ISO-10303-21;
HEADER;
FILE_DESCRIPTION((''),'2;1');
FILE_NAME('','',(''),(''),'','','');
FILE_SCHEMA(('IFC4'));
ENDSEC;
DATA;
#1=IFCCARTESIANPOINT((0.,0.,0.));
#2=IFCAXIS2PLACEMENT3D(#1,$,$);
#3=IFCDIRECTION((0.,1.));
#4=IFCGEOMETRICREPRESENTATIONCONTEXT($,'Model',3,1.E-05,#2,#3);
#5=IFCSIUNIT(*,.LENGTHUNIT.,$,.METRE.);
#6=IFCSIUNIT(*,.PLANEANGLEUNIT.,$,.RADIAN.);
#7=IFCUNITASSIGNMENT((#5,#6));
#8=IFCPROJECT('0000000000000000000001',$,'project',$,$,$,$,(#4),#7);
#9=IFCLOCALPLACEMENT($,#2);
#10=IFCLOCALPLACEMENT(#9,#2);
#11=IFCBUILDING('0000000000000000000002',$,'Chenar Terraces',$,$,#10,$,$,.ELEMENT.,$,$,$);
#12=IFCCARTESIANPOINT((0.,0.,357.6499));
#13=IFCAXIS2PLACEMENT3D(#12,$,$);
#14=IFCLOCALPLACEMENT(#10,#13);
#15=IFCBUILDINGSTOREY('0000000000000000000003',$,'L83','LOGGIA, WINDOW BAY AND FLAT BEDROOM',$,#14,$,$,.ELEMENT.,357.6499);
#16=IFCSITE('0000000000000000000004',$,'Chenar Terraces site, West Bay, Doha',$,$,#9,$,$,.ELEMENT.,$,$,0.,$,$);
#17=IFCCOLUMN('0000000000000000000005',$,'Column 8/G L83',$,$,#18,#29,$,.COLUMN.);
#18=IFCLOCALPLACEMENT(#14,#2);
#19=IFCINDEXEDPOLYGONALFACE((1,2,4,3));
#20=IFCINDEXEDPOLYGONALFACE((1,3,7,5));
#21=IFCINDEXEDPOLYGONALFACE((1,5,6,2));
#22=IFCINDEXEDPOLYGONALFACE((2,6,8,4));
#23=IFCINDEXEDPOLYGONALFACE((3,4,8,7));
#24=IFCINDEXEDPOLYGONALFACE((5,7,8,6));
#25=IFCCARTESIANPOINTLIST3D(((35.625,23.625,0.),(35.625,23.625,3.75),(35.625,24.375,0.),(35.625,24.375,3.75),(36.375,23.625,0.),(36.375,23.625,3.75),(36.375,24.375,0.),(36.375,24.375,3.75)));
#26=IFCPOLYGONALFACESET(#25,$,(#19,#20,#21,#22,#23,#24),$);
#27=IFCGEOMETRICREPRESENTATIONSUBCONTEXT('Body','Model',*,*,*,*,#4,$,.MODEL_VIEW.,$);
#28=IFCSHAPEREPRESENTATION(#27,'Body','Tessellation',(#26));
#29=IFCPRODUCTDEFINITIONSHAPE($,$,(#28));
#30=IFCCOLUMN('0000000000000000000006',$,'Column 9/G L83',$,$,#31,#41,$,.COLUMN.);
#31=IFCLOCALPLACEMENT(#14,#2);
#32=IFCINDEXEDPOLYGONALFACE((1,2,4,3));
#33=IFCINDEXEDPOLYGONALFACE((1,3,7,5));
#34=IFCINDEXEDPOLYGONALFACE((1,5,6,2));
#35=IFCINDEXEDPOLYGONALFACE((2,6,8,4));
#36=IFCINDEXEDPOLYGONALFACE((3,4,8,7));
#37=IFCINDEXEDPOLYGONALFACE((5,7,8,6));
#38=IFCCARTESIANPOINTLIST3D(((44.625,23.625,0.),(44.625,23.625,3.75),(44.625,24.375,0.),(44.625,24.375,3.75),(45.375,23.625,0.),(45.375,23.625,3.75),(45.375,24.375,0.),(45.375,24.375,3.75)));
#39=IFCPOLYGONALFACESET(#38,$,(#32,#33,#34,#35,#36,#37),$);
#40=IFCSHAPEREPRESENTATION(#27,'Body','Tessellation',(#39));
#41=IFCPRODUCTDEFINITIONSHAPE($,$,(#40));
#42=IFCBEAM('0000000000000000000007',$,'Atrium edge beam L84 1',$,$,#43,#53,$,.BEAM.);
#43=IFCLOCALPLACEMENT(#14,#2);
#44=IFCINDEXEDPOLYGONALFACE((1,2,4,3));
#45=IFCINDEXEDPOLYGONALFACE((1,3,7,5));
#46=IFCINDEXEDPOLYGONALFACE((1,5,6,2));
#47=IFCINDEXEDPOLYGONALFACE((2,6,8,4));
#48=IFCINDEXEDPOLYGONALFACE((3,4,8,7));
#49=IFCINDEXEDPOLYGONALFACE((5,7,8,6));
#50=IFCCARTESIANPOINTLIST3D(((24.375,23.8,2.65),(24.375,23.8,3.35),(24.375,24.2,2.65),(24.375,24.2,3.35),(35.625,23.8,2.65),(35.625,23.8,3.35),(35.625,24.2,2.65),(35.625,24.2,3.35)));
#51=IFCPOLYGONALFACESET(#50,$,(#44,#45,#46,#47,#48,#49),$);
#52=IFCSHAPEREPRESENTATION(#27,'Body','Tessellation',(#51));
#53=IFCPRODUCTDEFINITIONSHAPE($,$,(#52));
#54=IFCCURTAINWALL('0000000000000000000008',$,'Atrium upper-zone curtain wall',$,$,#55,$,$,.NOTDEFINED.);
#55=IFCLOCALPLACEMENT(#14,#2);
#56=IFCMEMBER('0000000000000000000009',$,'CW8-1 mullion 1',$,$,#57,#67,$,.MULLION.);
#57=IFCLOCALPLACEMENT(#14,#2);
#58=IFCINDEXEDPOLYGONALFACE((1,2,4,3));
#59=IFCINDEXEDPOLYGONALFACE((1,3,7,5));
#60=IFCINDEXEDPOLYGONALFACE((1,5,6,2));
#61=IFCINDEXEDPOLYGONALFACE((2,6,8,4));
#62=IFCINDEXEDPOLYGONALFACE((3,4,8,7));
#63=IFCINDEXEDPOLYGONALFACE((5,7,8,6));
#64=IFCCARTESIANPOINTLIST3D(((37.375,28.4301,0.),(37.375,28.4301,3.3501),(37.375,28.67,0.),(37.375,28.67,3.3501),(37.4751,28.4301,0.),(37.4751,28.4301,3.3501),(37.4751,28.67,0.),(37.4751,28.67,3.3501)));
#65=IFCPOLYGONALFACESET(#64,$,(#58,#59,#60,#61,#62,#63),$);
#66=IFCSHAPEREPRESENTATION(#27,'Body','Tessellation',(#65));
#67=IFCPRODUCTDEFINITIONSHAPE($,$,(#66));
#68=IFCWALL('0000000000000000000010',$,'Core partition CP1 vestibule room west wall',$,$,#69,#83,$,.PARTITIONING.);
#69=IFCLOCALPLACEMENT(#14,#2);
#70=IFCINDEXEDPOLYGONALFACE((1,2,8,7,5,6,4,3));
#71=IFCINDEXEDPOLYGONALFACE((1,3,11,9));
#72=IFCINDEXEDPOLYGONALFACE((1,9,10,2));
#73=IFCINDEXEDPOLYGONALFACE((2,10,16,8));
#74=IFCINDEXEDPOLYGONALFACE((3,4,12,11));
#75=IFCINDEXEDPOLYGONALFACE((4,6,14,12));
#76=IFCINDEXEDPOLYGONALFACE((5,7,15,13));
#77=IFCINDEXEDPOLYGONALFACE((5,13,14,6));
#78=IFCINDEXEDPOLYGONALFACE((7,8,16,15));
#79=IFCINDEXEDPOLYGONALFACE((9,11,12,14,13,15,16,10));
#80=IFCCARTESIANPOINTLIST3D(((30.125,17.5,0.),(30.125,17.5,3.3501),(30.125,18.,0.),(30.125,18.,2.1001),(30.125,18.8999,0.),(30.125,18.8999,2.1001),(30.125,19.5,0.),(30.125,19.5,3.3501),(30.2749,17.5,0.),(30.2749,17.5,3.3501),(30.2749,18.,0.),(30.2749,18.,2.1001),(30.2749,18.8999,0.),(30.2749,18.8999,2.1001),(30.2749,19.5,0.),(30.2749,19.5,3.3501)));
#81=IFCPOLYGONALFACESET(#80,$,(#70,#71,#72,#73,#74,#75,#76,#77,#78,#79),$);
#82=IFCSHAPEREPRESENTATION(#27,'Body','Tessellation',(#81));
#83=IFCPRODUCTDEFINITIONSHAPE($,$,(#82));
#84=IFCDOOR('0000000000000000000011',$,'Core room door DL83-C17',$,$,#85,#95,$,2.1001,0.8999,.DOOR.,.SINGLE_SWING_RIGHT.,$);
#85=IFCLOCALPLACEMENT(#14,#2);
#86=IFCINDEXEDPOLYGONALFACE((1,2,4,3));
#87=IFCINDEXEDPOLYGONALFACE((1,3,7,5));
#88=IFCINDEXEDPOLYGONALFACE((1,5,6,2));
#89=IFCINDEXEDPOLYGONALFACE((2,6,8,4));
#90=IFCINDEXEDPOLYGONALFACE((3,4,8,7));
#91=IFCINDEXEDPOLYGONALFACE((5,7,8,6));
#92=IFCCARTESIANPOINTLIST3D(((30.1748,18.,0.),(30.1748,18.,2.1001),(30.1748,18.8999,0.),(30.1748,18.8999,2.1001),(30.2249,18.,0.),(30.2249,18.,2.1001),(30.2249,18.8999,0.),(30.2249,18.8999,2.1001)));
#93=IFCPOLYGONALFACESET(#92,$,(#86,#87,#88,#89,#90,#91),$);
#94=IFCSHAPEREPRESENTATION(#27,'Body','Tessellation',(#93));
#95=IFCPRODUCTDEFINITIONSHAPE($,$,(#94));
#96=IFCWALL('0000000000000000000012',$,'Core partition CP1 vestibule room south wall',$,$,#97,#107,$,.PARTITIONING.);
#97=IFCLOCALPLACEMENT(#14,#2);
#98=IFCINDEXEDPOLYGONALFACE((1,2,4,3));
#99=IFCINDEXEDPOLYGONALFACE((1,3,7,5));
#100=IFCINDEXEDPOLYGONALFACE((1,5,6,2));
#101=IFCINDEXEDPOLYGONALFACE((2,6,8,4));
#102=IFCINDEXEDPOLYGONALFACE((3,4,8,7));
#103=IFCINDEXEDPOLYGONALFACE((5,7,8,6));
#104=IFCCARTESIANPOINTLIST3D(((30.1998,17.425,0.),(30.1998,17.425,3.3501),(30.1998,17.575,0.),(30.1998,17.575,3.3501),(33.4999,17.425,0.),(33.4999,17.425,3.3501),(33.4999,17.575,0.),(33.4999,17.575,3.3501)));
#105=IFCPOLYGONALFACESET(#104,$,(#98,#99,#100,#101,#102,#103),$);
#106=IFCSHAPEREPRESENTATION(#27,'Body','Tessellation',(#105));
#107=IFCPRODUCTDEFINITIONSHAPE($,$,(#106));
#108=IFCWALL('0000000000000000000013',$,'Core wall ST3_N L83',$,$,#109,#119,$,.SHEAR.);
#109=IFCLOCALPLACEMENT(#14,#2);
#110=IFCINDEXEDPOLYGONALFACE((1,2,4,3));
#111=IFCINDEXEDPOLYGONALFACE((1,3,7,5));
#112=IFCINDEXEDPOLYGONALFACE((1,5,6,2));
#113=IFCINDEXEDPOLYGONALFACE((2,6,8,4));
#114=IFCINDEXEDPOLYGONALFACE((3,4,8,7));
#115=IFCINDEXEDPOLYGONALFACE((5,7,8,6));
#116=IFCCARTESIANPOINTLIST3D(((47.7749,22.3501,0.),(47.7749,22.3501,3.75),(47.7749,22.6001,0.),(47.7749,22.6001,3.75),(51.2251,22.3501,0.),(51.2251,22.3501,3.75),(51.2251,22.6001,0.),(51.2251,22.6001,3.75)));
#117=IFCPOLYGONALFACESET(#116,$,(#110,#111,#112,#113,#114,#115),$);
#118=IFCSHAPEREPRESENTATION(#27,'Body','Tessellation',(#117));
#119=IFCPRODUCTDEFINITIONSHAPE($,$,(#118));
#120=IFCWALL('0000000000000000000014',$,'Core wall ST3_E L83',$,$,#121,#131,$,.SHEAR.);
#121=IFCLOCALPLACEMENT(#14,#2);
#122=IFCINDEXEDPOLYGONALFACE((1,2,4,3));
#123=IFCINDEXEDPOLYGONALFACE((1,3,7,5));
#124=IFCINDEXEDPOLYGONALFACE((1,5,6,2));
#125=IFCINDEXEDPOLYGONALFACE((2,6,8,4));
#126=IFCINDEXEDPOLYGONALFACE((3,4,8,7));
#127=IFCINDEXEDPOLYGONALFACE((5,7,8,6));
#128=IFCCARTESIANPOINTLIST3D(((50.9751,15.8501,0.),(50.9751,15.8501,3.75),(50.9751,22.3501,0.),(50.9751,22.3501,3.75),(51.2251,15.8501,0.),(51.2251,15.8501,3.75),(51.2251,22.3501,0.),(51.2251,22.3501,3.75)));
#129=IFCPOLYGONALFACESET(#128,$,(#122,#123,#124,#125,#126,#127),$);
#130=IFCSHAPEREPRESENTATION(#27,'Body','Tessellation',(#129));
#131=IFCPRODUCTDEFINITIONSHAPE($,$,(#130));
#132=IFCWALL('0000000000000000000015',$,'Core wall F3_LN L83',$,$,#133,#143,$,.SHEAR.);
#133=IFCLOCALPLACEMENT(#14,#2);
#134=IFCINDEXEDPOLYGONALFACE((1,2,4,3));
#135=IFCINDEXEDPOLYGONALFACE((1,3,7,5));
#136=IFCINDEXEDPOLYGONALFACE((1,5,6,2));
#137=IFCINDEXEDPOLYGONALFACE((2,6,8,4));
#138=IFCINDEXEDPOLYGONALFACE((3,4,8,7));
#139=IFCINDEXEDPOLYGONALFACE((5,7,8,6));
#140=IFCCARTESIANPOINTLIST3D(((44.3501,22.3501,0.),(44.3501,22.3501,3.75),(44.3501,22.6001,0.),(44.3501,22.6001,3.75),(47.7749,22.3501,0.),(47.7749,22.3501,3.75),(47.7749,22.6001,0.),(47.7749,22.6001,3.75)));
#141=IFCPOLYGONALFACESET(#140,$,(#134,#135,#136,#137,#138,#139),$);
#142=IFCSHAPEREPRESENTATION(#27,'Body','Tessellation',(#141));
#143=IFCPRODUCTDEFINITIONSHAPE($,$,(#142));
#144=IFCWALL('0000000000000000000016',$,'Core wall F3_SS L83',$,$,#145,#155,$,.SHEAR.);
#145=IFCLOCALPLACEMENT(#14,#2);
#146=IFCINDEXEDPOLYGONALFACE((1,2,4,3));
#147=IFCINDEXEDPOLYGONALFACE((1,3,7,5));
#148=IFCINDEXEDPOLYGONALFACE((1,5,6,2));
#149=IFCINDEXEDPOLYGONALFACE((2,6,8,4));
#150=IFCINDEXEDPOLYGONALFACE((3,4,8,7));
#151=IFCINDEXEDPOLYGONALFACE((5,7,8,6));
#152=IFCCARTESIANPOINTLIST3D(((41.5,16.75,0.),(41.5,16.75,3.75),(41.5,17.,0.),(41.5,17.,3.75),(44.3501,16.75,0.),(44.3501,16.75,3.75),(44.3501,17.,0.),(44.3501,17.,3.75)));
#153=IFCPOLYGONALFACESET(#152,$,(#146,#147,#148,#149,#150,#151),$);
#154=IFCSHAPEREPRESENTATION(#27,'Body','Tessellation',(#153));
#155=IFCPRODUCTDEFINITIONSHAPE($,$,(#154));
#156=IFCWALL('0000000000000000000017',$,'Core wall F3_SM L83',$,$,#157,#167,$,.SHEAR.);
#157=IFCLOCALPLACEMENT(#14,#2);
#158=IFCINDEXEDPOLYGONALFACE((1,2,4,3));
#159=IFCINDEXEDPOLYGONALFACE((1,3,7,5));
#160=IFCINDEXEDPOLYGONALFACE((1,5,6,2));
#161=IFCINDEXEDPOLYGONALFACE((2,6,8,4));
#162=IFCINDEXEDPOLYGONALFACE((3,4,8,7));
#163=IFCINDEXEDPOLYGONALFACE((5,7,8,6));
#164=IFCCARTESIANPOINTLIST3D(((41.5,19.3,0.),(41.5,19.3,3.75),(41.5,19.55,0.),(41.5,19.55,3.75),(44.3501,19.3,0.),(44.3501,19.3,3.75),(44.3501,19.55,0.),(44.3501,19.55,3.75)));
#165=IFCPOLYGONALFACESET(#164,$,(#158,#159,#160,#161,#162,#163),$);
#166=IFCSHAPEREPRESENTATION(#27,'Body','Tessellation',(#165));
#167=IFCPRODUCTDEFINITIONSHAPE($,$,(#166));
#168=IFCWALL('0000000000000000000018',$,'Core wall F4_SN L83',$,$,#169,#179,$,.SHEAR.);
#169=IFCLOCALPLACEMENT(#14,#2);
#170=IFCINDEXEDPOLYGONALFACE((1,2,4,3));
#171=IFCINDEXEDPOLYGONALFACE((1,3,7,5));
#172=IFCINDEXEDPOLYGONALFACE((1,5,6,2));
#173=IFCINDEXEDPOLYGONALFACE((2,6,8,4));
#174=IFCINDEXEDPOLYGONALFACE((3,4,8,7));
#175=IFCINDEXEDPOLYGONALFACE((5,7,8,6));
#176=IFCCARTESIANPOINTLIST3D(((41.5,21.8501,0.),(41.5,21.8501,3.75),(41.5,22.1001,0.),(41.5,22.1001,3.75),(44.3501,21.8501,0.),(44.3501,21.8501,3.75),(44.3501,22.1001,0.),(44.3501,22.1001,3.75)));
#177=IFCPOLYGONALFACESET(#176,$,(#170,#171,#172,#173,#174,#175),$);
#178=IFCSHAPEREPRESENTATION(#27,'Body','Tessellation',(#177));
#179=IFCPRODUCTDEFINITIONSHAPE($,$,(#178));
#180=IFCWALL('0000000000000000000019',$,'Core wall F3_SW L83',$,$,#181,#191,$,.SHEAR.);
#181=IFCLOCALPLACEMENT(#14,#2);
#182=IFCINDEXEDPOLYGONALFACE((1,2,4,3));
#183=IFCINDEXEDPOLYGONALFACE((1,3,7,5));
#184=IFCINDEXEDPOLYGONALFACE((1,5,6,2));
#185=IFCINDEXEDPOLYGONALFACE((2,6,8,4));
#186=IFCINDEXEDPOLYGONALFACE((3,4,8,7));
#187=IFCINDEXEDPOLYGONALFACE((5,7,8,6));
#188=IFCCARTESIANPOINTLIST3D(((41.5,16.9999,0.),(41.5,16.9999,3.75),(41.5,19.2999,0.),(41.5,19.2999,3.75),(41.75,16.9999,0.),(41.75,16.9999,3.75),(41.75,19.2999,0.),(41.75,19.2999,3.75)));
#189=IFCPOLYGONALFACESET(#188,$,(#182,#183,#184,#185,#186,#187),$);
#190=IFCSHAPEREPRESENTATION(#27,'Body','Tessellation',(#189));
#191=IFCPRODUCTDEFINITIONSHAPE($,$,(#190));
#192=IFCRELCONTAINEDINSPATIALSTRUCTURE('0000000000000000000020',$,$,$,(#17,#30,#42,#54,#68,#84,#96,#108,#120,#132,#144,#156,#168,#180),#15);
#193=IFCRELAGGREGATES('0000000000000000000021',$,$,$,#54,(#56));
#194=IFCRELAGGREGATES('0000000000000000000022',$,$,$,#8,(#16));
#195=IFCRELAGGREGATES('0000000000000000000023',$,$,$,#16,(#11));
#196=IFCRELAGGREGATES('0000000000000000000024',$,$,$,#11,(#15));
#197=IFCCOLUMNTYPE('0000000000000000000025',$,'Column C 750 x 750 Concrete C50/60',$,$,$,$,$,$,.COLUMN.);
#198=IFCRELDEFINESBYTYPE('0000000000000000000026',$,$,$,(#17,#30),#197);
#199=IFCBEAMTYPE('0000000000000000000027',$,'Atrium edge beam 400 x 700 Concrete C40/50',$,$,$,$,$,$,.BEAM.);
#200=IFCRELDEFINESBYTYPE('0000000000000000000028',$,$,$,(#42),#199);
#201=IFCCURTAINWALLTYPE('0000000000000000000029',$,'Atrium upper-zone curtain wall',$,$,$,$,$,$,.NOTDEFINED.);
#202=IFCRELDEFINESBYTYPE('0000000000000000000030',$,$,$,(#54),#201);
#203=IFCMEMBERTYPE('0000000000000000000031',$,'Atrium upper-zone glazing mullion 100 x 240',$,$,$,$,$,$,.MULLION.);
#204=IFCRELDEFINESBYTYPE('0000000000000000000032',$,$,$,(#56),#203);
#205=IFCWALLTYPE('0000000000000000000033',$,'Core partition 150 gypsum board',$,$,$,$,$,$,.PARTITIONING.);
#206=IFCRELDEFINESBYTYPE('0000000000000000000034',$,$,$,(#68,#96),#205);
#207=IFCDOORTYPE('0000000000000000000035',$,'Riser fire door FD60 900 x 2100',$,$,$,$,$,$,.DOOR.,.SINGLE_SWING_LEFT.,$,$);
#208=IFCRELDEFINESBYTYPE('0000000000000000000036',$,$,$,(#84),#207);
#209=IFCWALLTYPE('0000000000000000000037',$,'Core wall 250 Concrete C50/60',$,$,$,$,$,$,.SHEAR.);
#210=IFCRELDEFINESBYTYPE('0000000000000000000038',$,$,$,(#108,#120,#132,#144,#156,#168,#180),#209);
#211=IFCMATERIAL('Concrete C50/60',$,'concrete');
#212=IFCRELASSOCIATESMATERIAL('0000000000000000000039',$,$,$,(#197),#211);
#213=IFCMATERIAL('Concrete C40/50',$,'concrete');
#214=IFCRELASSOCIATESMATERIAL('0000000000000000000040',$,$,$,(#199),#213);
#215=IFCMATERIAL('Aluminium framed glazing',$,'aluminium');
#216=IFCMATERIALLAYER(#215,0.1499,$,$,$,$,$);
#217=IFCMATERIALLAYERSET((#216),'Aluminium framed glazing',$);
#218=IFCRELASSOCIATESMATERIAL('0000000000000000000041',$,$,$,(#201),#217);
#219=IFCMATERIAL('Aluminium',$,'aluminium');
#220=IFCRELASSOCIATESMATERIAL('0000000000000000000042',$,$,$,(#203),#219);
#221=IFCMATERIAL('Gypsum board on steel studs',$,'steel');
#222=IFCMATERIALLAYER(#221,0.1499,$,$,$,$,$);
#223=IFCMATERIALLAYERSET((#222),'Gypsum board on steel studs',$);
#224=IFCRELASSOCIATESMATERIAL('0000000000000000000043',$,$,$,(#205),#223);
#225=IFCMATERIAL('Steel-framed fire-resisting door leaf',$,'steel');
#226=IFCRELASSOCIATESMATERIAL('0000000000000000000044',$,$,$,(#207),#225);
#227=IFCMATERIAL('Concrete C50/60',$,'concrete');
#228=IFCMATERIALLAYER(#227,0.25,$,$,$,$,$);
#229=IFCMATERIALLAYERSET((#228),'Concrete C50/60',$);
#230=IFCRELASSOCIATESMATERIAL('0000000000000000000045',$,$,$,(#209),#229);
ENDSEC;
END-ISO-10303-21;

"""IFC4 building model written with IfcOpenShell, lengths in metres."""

from ifc_helpers import new_model, si_unit, direction, frame, frame_2d, origin, origin_2d, place, context, subcontext, project, spatial, rectangle, extrude, material, layer, layer_set, material_profile, profile_set, type_object, element, fill, aggregate, save


model = new_model("IFC4")

# Units and contexts
model_context = context("Model", 3, precision=1e-05, world=origin(), true_north=direction((0.0, 1.0)))
body_context = subcontext(model_context, "Body", "Model", "MODEL_VIEW")
ifc_project = project(units=[si_unit("LENGTHUNIT", "METRE"), si_unit("PLANEANGLEUNIT", "RADIAN")], contexts=[model_context])

# Site, building, storey
site_placement = place(None, origin())
site = spatial("IfcSite", under=ifc_project, at=site_placement, Name="Chenar Terraces site, West Bay, Doha", CompositionType="ELEMENT", RefElevation=0.0)
building_placement = place(site_placement, origin())
building = spatial("IfcBuilding", under=site, at=building_placement, Name="Chenar Terraces", CompositionType="ELEMENT")
storey_placement = place(building_placement, frame((0.0, 0.0, 357.6499)))
storey = spatial("IfcBuildingStorey", under=building, at=storey_placement, Name="L83", Description="LOGGIA, WINDOW BAY AND FLAT BEDROOM", CompositionType="ELEMENT", Elevation=357.6499)

# Columns
ifc_material_1 = material(Name="Concrete C50/60", Category="concrete")
ifc_material_profile_1 = material_profile(ifc_material_1, rectangle(XDim=0.75, YDim=0.75, at=origin_2d()), Name="C 750 x 750")
ifc_profile_set_1 = profile_set([ifc_material_profile_1], Name="Concrete C50/60")
column_type = type_object("IfcColumnType", Name="Column C 750 x 750 Concrete C50/60", PredefinedType="COLUMN", material=ifc_profile_set_1)
for number, where, z_axis, x_axis, name in (
    (1, (36.0, 24.0, 0.0), (0.0, 0.0, 1.0), (1.0, 0.0, 0.0), "Column 8/G L83"),
    (2, (45.0, 24.0, 0.0), (0.0, 0.0, 1.0), (1.0, 0.0, 0.0), "Column 9/G L83"),
):
    element("IfcColumn", number, at=place(storey_placement, frame(where, z_axis=z_axis, x_axis=x_axis)), inside=storey, type_object=column_type, Name=name, PredefinedType="COLUMN", context=body_context, shape_type="SweptSolid", body=[
        extrude(rectangle(XDim=0.75, YDim=0.75, at=origin_2d()), origin(), (0.0, 0.0, 1.0), 3.75),
    ])

# Beam
ifc_material_2 = material(Name="Concrete C40/50", Category="concrete")
ifc_material_profile_2 = material_profile(ifc_material_2, rectangle(XDim=0.3999, YDim=0.7, at=origin_2d()), Name="RC 400 x 700")
ifc_profile_set_2 = profile_set([ifc_material_profile_2], Name="Concrete C40/50")
beam_type = type_object("IfcBeamType", Name="Atrium edge beam 400 x 700 Concrete C40/50", PredefinedType="BEAM", material=ifc_profile_set_2)
beam_placement = place(storey_placement, frame((24.375, 24.0, 3.0), z_axis=(1.0, 0.0, 0.0), x_axis=(0.0, 1.0, 0.0)))
element("IfcBeam", 3, at=beam_placement, inside=storey, type_object=beam_type, Name="Atrium edge beam L84 1", PredefinedType="BEAM", context=body_context, shape_type="SweptSolid", body=[
    extrude(rectangle(XDim=0.3999, YDim=0.7, at=origin_2d()), origin(), (0.0, 0.0, 1.0), 11.25),
])

# Curtain wall, member
ifc_material_3 = material(Name="Aluminium framed glazing", Category="aluminium")
ifc_layer_1 = layer(ifc_material_3, 0.1499)
ifc_layer_set_1 = layer_set([ifc_layer_1], Name="Aluminium framed glazing")
curtain_wall_type = type_object("IfcCurtainWallType", Name="Atrium upper-zone curtain wall", PredefinedType="NOTDEFINED", material=ifc_layer_set_1)
placement = place(storey_placement, origin())
curtain_wall = element("IfcCurtainWall", 4, at=placement, inside=storey, type_object=curtain_wall_type, Name="Atrium upper-zone curtain wall", PredefinedType="NOTDEFINED")
ifc_material_4 = material(Name="Aluminium", Category="aluminium")
ifc_material_profile_3 = material_profile(ifc_material_4, rectangle(XDim=0.1001, YDim=0.24, at=origin_2d()), Name="Atrium upper-zone glazing mullion 100 x 240")
ifc_profile_set_3 = profile_set([ifc_material_profile_3], Name="Aluminium")
member_type = type_object("IfcMemberType", Name="Atrium upper-zone glazing mullion 100 x 240", PredefinedType="MULLION", material=ifc_profile_set_3)
member_placement = place(storey_placement, frame((37.425, 28.55, 0.0), z_axis=(0.0, 0.0, 1.0), x_axis=(-1.0, 0.0, 0.0)))
member = element("IfcMember", 5, at=member_placement, type_object=member_type, Name="CW8-1 mullion 1", PredefinedType="MULLION", context=body_context, shape_type="SweptSolid", body=[
    extrude(rectangle(XDim=0.1001, YDim=0.24, at=origin_2d()), origin(), (0.0, 0.0, 1.0), 3.3501),
])
aggregate(curtain_wall, [member])

# Wall, opening, door
ifc_material_5 = material(Name="Gypsum board on steel studs", Category="steel")
ifc_layer_2 = layer(ifc_material_5, 0.1499)
ifc_layer_set_2 = layer_set([ifc_layer_2], Name="Gypsum board on steel studs")
wall_type_1 = type_object("IfcWallType", Name="Core partition 150 gypsum board", PredefinedType="PARTITIONING", material=ifc_layer_set_2)
wall_1_placement = place(storey_placement, frame((30.2, 17.5, 0.0), z_axis=(0.0, 0.0, 1.0), x_axis=(0.0, 1.0, 0.0)))
wall_1 = element("IfcWall", 6, at=wall_1_placement, inside=storey, type_object=wall_type_1, Name="Core partition CP1 vestibule room west wall", PredefinedType="PARTITIONING", context=body_context, shape_type="SweptSolid", body=[
    extrude(rectangle(XDim=2.0, YDim=0.1499, at=frame_2d((1.0, 0.0))), origin(), (0.0, 0.0, 1.0), 3.3501),
])
opening_1_placement = place(wall_1_placement, frame((0.5, 0.0, 0.0)))
opening_1 = element("IfcOpeningElement", 7, at=opening_1_placement, cuts=wall_1, PredefinedType="OPENING", context=body_context, shape_type="SweptSolid", body=[
    extrude(rectangle(XDim=0.8999, YDim=2.1001, at=frame_2d((0.45, 1.05))), frame((0.0, 0.085, 0.0), z_axis=(0.0, -1.0, 0.0), x_axis=(1.0, 0.0, 0.0)), (0.0, 0.0, 1.0), 0.1699),
])
ifc_material_6 = material(Name="Steel-framed fire-resisting door leaf", Category="steel")
door_type = type_object("IfcDoorType", Name="Riser fire door FD60 900 x 2100", OperationType="SINGLE_SWING_LEFT", PredefinedType="DOOR", material=ifc_material_6)
door_placement = place(opening_1_placement, frame((0.8999, 0.0, 0.0), z_axis=(0.0, 0.0, 1.0), x_axis=(-1.0, 0.0, 0.0)))
door = element("IfcDoor", 8, at=door_placement, inside=storey, type_object=door_type, Name="Core room door DL83-C17", OperationType="SINGLE_SWING_RIGHT", OverallHeight=2.1001, OverallWidth=0.8999, PredefinedType="DOOR", context=body_context, shape_type="SweptSolid", body=[
    extrude(rectangle(XDim=0.8999, YDim=2.1001, at=frame_2d((0.45, 1.05))), frame((0.0, 0.0249, 0.0), z_axis=(0.0, -1.0, 0.0), x_axis=(1.0, 0.0, 0.0)), (0.0, 0.0, 1.0), 0.05),
])
fill(opening_1, door)

# Walls
wall_2_placement = place(storey_placement, frame((30.2, 17.5, 0.0), z_axis=(0.0, 0.0, 1.0), x_axis=(1.0, 0.0, 0.0)))
element("IfcWall", 9, at=wall_2_placement, inside=storey, type_object=wall_type_1, Name="Core partition CP1 vestibule room south wall", PredefinedType="PARTITIONING", context=body_context, shape_type="SweptSolid", body=[
    extrude(rectangle(XDim=3.3, YDim=0.1499, at=frame_2d((1.6499, 0.0))), origin(), (0.0, 0.0, 1.0), 3.3501),
])
ifc_material_7 = material(Name="Concrete C50/60", Category="concrete")
ifc_layer_3 = layer(ifc_material_7, 0.25)
ifc_layer_set_3 = layer_set([ifc_layer_3], Name="Concrete C50/60")
wall_type_2 = type_object("IfcWallType", Name="Core wall 250 Concrete C50/60", PredefinedType="SHEAR", material=ifc_layer_set_3)
wall_3_placement = place(storey_placement, frame((47.7749, 22.4751, 0.0), z_axis=(0.0, 0.0, 1.0), x_axis=(1.0, 0.0, 0.0)))
element("IfcWall", 10, at=wall_3_placement, inside=storey, type_object=wall_type_2, Name="Core wall ST3_N L83", PredefinedType="SHEAR", context=body_context, shape_type="SweptSolid", body=[
    extrude(rectangle(XDim=3.4502, YDim=0.25, at=frame_2d((1.7251, 0.0))), origin(), (0.0, 0.0, 1.0), 3.75),
])
wall_4_placement = place(storey_placement, frame((51.1001, 15.8501, 0.0), z_axis=(0.0, 0.0, 1.0), x_axis=(0.0, 1.0, 0.0)))
element("IfcWall", 11, at=wall_4_placement, inside=storey, type_object=wall_type_2, Name="Core wall ST3_E L83", PredefinedType="SHEAR", context=body_context, shape_type="SweptSolid", body=[
    extrude(rectangle(XDim=6.5, YDim=0.25, at=frame_2d((3.25, 0.0))), origin(), (0.0, 0.0, 1.0), 3.75),
])
wall_5_placement = place(storey_placement, frame((44.3501, 22.4751, 0.0), z_axis=(0.0, 0.0, 1.0), x_axis=(1.0, 0.0, 0.0)))
element("IfcWall", 12, at=wall_5_placement, inside=storey, type_object=wall_type_2, Name="Core wall F3_LN L83", PredefinedType="SHEAR", context=body_context, shape_type="SweptSolid", body=[
    extrude(rectangle(XDim=3.4248, YDim=0.25, at=frame_2d((1.7124, 0.0))), origin(), (0.0, 0.0, 1.0), 3.75),
])
for number, where, z_axis, x_axis, name in (
    (13, (41.5, 16.875, 0.0), (0.0, 0.0, 1.0), (1.0, 0.0, 0.0), "Core wall F3_SS L83"),
    (14, (41.5, 19.425, 0.0), (0.0, 0.0, 1.0), (1.0, 0.0, 0.0), "Core wall F3_SM L83"),
    (15, (41.5, 21.9751, 0.0), (0.0, 0.0, 1.0), (1.0, 0.0, 0.0), "Core wall F4_SN L83"),
):
    element("IfcWall", number, at=place(storey_placement, frame(where, z_axis=z_axis, x_axis=x_axis)), inside=storey, type_object=wall_type_2, Name=name, PredefinedType="SHEAR", context=body_context, shape_type="SweptSolid", body=[
        extrude(rectangle(XDim=2.8501, YDim=0.25, at=frame_2d((1.425, 0.0))), origin(), (0.0, 0.0, 1.0), 3.75),
    ])
for number, where, z_axis, x_axis, name in (
    (16, (41.625, 17.0, 0.0), (0.0, 0.0, 1.0), (0.0, 1.0, 0.0), "Core wall F3_SW L83"),
):
    element("IfcWall", number, at=place(storey_placement, frame(where, z_axis=z_axis, x_axis=x_axis)), inside=storey, type_object=wall_type_2, Name=name, PredefinedType="SHEAR", context=body_context, shape_type="SweptSolid", body=[
        extrude(rectangle(XDim=2.3, YDim=0.25, at=frame_2d((1.1499, 0.0))), origin(), (0.0, 0.0, 1.0), 3.75),
    ])

save(model, "model.ifc")
